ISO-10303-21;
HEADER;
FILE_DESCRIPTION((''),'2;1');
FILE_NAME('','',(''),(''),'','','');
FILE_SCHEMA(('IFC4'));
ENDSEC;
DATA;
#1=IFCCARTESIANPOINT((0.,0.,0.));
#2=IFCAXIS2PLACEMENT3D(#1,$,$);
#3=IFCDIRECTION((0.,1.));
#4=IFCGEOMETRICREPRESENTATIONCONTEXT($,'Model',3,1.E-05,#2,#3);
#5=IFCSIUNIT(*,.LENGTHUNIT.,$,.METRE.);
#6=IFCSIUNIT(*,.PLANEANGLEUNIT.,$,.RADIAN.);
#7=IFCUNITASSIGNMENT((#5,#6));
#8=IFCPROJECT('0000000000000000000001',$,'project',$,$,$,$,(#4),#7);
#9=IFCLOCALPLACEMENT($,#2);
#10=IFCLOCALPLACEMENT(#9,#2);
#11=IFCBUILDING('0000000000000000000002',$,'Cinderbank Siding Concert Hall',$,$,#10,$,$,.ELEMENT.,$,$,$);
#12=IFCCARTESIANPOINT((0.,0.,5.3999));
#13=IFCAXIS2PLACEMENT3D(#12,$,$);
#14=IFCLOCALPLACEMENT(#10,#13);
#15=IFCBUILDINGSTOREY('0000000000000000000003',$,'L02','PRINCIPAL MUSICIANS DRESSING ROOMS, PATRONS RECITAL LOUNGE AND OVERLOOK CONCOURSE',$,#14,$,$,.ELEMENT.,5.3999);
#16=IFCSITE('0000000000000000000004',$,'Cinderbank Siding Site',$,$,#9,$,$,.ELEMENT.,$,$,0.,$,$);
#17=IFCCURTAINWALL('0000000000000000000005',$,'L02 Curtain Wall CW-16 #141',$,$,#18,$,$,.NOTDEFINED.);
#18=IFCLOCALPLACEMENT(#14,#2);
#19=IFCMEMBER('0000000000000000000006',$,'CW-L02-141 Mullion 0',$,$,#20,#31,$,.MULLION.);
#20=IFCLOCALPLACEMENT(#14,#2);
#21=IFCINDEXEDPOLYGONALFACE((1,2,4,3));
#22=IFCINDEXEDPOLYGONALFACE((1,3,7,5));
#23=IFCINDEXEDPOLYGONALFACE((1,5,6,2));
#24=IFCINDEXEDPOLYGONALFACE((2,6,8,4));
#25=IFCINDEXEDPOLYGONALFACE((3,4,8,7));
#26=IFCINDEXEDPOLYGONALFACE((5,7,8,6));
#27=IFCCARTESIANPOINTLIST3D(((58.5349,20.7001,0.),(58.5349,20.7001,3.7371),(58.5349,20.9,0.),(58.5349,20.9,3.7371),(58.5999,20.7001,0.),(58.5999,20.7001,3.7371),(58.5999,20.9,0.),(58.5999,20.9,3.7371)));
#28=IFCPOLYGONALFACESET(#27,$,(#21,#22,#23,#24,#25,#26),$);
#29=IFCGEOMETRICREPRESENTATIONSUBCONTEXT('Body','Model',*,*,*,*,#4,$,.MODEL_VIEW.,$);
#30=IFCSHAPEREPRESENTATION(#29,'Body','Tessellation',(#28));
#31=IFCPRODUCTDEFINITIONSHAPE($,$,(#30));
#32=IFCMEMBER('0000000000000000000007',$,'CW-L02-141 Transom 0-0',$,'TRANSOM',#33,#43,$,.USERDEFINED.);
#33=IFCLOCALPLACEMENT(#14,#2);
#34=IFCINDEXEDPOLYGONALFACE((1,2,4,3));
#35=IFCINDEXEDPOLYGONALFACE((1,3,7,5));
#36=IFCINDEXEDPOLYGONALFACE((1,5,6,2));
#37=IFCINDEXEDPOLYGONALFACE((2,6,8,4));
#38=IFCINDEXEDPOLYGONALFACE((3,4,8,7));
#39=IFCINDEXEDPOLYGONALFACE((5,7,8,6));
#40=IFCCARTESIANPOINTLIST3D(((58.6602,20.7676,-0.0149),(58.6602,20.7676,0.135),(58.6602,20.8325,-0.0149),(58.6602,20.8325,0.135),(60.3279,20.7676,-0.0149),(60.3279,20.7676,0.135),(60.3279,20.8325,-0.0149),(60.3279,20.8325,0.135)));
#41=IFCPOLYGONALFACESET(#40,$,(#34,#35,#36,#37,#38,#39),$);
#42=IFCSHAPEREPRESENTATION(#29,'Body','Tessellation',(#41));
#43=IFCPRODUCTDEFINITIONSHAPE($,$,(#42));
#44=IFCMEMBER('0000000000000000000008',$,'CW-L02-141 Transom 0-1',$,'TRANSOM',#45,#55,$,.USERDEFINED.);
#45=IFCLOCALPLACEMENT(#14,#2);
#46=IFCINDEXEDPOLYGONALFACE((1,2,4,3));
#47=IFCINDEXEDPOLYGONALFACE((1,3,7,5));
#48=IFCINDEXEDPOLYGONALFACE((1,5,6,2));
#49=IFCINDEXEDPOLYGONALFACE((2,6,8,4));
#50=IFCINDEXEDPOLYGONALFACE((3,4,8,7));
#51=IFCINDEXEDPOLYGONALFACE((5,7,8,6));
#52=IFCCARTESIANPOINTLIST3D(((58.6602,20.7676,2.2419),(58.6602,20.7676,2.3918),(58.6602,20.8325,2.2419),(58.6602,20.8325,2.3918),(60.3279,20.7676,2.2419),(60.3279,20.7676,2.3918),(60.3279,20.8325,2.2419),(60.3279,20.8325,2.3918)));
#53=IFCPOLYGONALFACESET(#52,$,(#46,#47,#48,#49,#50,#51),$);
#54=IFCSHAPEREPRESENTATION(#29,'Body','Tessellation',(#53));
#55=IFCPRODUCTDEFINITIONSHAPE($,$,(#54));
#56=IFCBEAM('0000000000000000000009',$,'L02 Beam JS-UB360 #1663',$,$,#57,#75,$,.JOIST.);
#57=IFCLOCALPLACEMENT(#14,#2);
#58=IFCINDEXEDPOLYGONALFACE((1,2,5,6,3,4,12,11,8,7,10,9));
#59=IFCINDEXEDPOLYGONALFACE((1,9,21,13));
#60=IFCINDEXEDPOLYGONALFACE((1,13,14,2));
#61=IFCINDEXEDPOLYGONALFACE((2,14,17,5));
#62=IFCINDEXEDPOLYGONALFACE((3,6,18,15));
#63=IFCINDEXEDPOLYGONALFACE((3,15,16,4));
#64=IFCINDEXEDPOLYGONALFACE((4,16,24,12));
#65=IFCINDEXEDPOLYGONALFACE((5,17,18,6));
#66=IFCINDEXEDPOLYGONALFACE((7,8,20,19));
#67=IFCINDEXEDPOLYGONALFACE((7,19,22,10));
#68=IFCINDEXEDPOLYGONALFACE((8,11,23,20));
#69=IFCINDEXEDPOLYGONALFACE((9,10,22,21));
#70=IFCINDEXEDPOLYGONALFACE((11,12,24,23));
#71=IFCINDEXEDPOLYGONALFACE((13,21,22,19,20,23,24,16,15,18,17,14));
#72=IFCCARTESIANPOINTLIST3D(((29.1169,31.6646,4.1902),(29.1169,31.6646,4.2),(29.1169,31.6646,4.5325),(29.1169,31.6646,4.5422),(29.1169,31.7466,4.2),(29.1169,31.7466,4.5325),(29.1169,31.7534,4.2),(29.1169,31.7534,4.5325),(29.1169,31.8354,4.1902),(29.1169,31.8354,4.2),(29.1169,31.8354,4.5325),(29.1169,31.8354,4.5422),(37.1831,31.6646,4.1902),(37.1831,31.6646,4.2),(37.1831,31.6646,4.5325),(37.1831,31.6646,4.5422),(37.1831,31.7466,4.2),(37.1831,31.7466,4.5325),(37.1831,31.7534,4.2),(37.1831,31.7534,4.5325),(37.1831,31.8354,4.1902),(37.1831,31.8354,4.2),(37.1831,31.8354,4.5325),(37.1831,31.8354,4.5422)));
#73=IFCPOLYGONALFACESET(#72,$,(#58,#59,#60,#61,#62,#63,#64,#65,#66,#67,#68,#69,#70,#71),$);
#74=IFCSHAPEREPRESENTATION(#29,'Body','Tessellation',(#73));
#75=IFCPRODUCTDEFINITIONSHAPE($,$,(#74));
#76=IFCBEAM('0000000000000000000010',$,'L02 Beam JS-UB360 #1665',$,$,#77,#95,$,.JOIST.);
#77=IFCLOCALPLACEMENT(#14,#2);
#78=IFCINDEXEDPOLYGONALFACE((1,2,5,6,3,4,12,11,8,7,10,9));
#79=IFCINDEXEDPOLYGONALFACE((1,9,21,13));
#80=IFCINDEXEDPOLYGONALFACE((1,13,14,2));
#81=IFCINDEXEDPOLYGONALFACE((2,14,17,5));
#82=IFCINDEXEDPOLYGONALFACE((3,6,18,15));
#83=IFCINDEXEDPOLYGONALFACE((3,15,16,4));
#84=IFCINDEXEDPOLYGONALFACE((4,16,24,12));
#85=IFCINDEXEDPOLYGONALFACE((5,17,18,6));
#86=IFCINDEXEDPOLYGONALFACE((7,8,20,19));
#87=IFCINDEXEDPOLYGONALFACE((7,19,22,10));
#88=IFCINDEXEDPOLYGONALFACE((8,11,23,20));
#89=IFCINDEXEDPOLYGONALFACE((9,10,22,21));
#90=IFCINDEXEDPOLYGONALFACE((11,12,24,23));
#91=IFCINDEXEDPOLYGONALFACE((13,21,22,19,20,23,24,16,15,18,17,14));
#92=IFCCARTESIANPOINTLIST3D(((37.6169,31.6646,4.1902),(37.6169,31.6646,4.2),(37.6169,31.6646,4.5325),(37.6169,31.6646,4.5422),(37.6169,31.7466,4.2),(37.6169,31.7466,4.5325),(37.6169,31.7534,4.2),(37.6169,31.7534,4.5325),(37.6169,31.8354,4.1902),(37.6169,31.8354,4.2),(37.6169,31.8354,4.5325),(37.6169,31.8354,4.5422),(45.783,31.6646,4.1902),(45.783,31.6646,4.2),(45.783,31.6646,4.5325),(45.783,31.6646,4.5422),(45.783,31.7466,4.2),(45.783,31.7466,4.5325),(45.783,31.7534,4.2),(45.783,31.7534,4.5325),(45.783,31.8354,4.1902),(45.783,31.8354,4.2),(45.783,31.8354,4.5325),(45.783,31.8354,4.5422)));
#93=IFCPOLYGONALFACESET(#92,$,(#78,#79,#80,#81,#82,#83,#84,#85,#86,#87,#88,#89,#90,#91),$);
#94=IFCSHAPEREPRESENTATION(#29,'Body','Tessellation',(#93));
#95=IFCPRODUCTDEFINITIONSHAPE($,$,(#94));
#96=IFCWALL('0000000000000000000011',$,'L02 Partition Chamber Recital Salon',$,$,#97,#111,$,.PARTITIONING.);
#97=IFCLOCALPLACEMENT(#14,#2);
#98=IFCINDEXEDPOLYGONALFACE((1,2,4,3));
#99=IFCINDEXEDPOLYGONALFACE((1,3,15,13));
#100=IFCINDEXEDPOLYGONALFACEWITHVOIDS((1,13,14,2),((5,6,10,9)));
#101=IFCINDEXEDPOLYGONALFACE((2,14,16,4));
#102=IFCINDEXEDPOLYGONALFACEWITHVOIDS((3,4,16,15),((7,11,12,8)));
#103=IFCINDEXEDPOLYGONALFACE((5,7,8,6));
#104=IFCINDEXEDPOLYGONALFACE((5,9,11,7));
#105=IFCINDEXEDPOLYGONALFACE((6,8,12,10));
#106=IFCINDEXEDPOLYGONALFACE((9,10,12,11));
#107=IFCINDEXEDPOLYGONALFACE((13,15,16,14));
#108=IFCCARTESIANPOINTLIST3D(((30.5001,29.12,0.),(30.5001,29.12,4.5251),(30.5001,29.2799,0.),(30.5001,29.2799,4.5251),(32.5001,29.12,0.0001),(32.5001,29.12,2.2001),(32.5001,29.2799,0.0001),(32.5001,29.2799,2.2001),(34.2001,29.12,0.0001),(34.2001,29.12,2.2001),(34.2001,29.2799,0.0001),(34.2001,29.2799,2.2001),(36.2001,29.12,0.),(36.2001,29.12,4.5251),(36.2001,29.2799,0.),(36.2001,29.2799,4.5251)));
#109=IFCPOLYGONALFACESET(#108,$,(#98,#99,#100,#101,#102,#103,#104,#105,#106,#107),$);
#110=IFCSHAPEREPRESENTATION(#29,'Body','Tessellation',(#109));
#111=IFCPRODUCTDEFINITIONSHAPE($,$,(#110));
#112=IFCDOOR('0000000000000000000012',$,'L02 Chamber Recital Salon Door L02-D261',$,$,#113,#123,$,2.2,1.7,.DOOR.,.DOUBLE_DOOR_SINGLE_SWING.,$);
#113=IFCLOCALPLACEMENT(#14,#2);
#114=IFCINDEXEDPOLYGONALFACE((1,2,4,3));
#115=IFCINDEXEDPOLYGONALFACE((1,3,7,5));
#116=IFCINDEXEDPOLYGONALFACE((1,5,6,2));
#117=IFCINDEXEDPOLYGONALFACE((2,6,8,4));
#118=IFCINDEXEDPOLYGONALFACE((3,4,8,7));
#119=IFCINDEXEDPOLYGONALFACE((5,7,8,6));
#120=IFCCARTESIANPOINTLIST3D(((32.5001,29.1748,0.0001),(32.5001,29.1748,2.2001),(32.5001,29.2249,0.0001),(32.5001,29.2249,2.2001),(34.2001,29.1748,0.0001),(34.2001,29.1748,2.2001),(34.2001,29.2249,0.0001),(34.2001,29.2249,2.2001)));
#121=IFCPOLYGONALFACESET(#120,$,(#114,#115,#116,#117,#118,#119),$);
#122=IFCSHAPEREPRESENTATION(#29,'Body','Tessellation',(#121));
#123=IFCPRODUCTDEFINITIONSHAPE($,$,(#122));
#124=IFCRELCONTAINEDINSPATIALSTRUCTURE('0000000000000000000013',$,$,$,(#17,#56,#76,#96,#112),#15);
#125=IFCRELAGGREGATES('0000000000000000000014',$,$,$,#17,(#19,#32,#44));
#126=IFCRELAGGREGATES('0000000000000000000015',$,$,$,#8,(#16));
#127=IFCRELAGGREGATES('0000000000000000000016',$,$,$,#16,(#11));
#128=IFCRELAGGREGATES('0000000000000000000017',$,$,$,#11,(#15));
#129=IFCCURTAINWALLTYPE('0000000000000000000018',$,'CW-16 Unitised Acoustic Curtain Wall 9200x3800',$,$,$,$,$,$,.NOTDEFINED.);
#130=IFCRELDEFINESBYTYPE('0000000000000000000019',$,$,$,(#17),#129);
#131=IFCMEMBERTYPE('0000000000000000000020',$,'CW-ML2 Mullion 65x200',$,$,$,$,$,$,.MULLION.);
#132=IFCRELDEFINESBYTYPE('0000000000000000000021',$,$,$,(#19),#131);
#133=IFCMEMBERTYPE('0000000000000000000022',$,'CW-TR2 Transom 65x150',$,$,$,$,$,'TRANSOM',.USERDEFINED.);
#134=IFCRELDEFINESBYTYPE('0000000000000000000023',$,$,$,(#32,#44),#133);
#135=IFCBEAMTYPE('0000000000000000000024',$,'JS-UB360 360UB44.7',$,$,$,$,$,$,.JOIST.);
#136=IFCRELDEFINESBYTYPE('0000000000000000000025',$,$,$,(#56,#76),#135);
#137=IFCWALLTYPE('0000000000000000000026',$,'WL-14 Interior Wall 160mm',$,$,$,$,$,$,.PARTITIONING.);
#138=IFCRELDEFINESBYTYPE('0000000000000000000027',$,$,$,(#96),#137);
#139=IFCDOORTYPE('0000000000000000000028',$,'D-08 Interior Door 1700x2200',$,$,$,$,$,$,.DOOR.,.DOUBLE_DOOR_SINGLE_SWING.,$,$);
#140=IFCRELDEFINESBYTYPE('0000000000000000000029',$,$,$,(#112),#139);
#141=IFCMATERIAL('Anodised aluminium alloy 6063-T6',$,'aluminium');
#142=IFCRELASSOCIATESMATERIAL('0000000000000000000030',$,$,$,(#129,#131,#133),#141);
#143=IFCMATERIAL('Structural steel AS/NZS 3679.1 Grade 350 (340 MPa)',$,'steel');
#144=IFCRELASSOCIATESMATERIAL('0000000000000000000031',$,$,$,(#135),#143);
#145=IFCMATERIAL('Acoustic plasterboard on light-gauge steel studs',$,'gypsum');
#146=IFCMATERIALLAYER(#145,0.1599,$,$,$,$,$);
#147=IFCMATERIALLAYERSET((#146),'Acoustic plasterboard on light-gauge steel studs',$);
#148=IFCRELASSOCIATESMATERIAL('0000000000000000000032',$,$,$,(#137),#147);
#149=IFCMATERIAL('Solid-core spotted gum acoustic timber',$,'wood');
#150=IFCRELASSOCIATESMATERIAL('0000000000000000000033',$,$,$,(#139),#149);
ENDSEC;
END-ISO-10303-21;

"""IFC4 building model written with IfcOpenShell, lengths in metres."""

from ifc_helpers import new_model, si_unit, direction, frame, frame_2d, origin, origin_2d, place, context, subcontext, project, spatial, rectangle, i_section, extrude, material, layer, layer_set, material_profile, profile_set, type_object, element, fill, aggregate, save


model = new_model("IFC4")

# Units and contexts
model_context = context("Model", 3, precision=1e-05, world=origin(), true_north=direction((0.0, 1.0)))
body_context = subcontext(model_context, "Body", "Model", "MODEL_VIEW")
ifc_project = project(units=[si_unit("LENGTHUNIT", "METRE"), si_unit("PLANEANGLEUNIT", "RADIAN")], contexts=[model_context])

# Site, building, storey
site_placement = place(None, origin())
site = spatial("IfcSite", under=ifc_project, at=site_placement, Name="Cinderbank Siding Site", CompositionType="ELEMENT", RefElevation=0.0)
building_placement = place(site_placement, origin())
building = spatial("IfcBuilding", under=site, at=building_placement, Name="Cinderbank Siding Concert Hall", CompositionType="ELEMENT")
storey_placement = place(building_placement, frame((0.0, 0.0, 5.3999)))
storey = spatial("IfcBuildingStorey", under=building, at=storey_placement, Name="L02", Description="PRINCIPAL MUSICIANS DRESSING ROOMS, PATRONS RECITAL LOUNGE AND OVERLOOK CONCOURSE", CompositionType="ELEMENT", Elevation=5.3999)

# Shared definitions
ifc_material_1 = material(Name="Structural steel AS/NZS 3679.1 Grade 350 (340 MPa)", Category="steel")

# Curtain wall, members
ifc_material_2 = material(Name="Anodised aluminium alloy 6063-T6", Category="aluminium")
curtain_wall_type = type_object("IfcCurtainWallType", Name="CW-16 Unitised Acoustic Curtain Wall 9200x3800", PredefinedType="NOTDEFINED", material=ifc_material_2)
curtain_wall_placement = place(storey_placement, origin())
curtain_wall = element("IfcCurtainWall", 1, at=curtain_wall_placement, inside=storey, type_object=curtain_wall_type, Name="L02 Curtain Wall CW-16 #141", PredefinedType="NOTDEFINED")
ifc_material_profile_1 = material_profile(ifc_material_2, rectangle(XDim=0.0649, YDim=0.2, at=origin_2d()), Name="ALU-MULL-65x200", Category="LoadBearing")
ifc_profile_set_1 = profile_set([ifc_material_profile_1], Name="Anodised aluminium alloy 6063-T6")
member_type_1 = type_object("IfcMemberType", Name="CW-ML2 Mullion 65x200", PredefinedType="MULLION", material=ifc_profile_set_1)
member_1_placement = place(storey_placement, frame((58.5674, 20.8, 0.0), z_axis=(0.0, 0.0, 1.0), x_axis=(1.0, 0.0, 0.0)))
member_1 = element("IfcMember", 2, at=member_1_placement, type_object=member_type_1, Name="CW-L02-141 Mullion 0", PredefinedType="MULLION", context=body_context, shape_type="SweptSolid", body=[
    extrude(rectangle(XDim=0.0649, YDim=0.2, at=origin_2d()), origin(), (0.0, 0.0, 1.0), 3.7371),
])
ifc_material_profile_2 = material_profile(ifc_material_2, rectangle(XDim=0.0649, YDim=0.1499, at=origin_2d()), Name="ALU-TRAN-65x150", Category="LoadBearing")
ifc_profile_set_2 = profile_set([ifc_material_profile_2], Name="Anodised aluminium alloy 6063-T6")
member_type_2 = type_object("IfcMemberType", Name="CW-TR2 Transom 65x150", ElementType="TRANSOM", PredefinedType="USERDEFINED", material=ifc_profile_set_2)
member_2_placement = place(storey_placement, frame((58.6602, 20.8, 0.0601), z_axis=(1.0, 0.0, 0.0), x_axis=(0.0, 1.0, 0.0)))
member_2 = element("IfcMember", 3, at=member_2_placement, type_object=member_type_2, Name="CW-L02-141 Transom 0-0", ObjectType="TRANSOM", PredefinedType="USERDEFINED", context=body_context, shape_type="SweptSolid", body=[
    extrude(rectangle(XDim=0.0649, YDim=0.1499, at=origin_2d()), origin(), (0.0, 0.0, 1.0), 1.6677),
])
member_3_placement = place(storey_placement, frame((58.6602, 20.8, 2.3169), z_axis=(1.0, 0.0, 0.0), x_axis=(0.0, 1.0, 0.0)))
member_3 = element("IfcMember", 4, at=member_3_placement, type_object=member_type_2, Name="CW-L02-141 Transom 0-1", ObjectType="TRANSOM", PredefinedType="USERDEFINED", context=body_context, shape_type="SweptSolid", body=[
    extrude(rectangle(XDim=0.0649, YDim=0.1499, at=origin_2d()), origin(), (0.0, 0.0, 1.0), 1.6677),
])
aggregate(curtain_wall, [member_1, member_2, member_3])

# Beams
ifc_material_profile_3 = material_profile(ifc_material_1, i_section(OverallWidth=0.1709, OverallDepth=0.3521, WebThickness=0.0068, FlangeThickness=0.0098, at=origin_2d()), Name="360UB44.7", Category="LoadBearing")
ifc_profile_set_3 = profile_set([ifc_material_profile_3], Name="Structural steel AS/NZS 3679.1 Grade 350 (340 MPa)")
beam_type_1 = type_object("IfcBeamType", Name="JS-UB360 360UB44.7", PredefinedType="JOIST", material=ifc_profile_set_3)
beam_1_placement = place(storey_placement, frame((29.1169, 31.75, 4.3662), z_axis=(1.0, 0.0, 0.0), x_axis=(0.0, 1.0, 0.0)))
element("IfcBeam", 5, at=beam_1_placement, inside=storey, type_object=beam_type_1, Name="L02 Beam JS-UB360 #1663", PredefinedType="JOIST", context=body_context, shape_type="SweptSolid", body=[
    extrude(i_section(OverallWidth=0.1709, OverallDepth=0.3521, WebThickness=0.0068, FlangeThickness=0.0098, at=origin_2d()), origin(), (0.0, 0.0, 1.0), 8.0662),
])
beam_2_placement = place(storey_placement, frame((37.6169, 31.75, 4.3662), z_axis=(1.0, 0.0, 0.0), x_axis=(0.0, 1.0, 0.0)))
element("IfcBeam", 6, at=beam_2_placement, inside=storey, type_object=beam_type_1, Name="L02 Beam JS-UB360 #1665", PredefinedType="JOIST", context=body_context, shape_type="SweptSolid", body=[
    extrude(i_section(OverallWidth=0.1709, OverallDepth=0.3521, WebThickness=0.0068, FlangeThickness=0.0098, at=origin_2d()), origin(), (0.0, 0.0, 1.0), 8.166),
])

# Wall, opening, door
ifc_material_3 = material(Name="Acoustic plasterboard on light-gauge steel studs", Category="gypsum")
ifc_layer = layer(ifc_material_3, 0.1599)
ifc_layer_set = layer_set([ifc_layer], Name="Acoustic plasterboard on light-gauge steel studs")
wall_type = type_object("IfcWallType", Name="WL-14 Interior Wall 160mm", PredefinedType="PARTITIONING", material=ifc_layer_set)
wall_placement = place(storey_placement, frame((30.5, 29.2, 0.0), z_axis=(0.0, 0.0, 1.0), x_axis=(1.0, 0.0, 0.0)))
wall = element("IfcWall", 7, at=wall_placement, inside=storey, type_object=wall_type, Name="L02 Partition Chamber Recital Salon", PredefinedType="PARTITIONING", context=body_context, shape_type="SweptSolid", body=[
    extrude(rectangle(XDim=5.7, YDim=0.1599, at=frame_2d((2.8501, 0.0))), origin(), (0.0, 0.0, 1.0), 4.5251),
])
opening_placement = place(wall_placement, frame((2.0, 0.0, 0.0)))
opening = element("IfcOpeningElement", 8, at=opening_placement, cuts=wall, PredefinedType="OPENING", context=body_context, shape_type="SweptSolid", body=[
    extrude(rectangle(XDim=1.7, YDim=2.2, at=frame_2d((0.8501, 1.1001))), frame((0.0, 0.0918, 0.0), z_axis=(0.0, -1.0, 0.0), x_axis=(1.0, 0.0, 0.0)), (0.0, 0.0, 1.0), 0.1838),
])
ifc_material_4 = material(Name="Solid-core spotted gum acoustic timber", Category="wood")
door_type = type_object("IfcDoorType", Name="D-08 Interior Door 1700x2200", OperationType="DOUBLE_DOOR_SINGLE_SWING", PredefinedType="DOOR", material=ifc_material_4)
door_placement = place(opening_placement, origin())
door = element("IfcDoor", 9, at=door_placement, inside=storey, type_object=door_type, Name="L02 Chamber Recital Salon Door L02-D261", OperationType="DOUBLE_DOOR_SINGLE_SWING", OverallHeight=2.2, OverallWidth=1.7, PredefinedType="DOOR", context=body_context, shape_type="SweptSolid", body=[
    extrude(rectangle(XDim=1.7, YDim=2.2, at=frame_2d((0.8501, 1.1001))), frame((0.0, 0.0249, 0.0), z_axis=(0.0, -1.0, 0.0), x_axis=(1.0, 0.0, 0.0)), (0.0, 0.0, 1.0), 0.05),
])
fill(opening, door)

save(model, "model.ifc")
